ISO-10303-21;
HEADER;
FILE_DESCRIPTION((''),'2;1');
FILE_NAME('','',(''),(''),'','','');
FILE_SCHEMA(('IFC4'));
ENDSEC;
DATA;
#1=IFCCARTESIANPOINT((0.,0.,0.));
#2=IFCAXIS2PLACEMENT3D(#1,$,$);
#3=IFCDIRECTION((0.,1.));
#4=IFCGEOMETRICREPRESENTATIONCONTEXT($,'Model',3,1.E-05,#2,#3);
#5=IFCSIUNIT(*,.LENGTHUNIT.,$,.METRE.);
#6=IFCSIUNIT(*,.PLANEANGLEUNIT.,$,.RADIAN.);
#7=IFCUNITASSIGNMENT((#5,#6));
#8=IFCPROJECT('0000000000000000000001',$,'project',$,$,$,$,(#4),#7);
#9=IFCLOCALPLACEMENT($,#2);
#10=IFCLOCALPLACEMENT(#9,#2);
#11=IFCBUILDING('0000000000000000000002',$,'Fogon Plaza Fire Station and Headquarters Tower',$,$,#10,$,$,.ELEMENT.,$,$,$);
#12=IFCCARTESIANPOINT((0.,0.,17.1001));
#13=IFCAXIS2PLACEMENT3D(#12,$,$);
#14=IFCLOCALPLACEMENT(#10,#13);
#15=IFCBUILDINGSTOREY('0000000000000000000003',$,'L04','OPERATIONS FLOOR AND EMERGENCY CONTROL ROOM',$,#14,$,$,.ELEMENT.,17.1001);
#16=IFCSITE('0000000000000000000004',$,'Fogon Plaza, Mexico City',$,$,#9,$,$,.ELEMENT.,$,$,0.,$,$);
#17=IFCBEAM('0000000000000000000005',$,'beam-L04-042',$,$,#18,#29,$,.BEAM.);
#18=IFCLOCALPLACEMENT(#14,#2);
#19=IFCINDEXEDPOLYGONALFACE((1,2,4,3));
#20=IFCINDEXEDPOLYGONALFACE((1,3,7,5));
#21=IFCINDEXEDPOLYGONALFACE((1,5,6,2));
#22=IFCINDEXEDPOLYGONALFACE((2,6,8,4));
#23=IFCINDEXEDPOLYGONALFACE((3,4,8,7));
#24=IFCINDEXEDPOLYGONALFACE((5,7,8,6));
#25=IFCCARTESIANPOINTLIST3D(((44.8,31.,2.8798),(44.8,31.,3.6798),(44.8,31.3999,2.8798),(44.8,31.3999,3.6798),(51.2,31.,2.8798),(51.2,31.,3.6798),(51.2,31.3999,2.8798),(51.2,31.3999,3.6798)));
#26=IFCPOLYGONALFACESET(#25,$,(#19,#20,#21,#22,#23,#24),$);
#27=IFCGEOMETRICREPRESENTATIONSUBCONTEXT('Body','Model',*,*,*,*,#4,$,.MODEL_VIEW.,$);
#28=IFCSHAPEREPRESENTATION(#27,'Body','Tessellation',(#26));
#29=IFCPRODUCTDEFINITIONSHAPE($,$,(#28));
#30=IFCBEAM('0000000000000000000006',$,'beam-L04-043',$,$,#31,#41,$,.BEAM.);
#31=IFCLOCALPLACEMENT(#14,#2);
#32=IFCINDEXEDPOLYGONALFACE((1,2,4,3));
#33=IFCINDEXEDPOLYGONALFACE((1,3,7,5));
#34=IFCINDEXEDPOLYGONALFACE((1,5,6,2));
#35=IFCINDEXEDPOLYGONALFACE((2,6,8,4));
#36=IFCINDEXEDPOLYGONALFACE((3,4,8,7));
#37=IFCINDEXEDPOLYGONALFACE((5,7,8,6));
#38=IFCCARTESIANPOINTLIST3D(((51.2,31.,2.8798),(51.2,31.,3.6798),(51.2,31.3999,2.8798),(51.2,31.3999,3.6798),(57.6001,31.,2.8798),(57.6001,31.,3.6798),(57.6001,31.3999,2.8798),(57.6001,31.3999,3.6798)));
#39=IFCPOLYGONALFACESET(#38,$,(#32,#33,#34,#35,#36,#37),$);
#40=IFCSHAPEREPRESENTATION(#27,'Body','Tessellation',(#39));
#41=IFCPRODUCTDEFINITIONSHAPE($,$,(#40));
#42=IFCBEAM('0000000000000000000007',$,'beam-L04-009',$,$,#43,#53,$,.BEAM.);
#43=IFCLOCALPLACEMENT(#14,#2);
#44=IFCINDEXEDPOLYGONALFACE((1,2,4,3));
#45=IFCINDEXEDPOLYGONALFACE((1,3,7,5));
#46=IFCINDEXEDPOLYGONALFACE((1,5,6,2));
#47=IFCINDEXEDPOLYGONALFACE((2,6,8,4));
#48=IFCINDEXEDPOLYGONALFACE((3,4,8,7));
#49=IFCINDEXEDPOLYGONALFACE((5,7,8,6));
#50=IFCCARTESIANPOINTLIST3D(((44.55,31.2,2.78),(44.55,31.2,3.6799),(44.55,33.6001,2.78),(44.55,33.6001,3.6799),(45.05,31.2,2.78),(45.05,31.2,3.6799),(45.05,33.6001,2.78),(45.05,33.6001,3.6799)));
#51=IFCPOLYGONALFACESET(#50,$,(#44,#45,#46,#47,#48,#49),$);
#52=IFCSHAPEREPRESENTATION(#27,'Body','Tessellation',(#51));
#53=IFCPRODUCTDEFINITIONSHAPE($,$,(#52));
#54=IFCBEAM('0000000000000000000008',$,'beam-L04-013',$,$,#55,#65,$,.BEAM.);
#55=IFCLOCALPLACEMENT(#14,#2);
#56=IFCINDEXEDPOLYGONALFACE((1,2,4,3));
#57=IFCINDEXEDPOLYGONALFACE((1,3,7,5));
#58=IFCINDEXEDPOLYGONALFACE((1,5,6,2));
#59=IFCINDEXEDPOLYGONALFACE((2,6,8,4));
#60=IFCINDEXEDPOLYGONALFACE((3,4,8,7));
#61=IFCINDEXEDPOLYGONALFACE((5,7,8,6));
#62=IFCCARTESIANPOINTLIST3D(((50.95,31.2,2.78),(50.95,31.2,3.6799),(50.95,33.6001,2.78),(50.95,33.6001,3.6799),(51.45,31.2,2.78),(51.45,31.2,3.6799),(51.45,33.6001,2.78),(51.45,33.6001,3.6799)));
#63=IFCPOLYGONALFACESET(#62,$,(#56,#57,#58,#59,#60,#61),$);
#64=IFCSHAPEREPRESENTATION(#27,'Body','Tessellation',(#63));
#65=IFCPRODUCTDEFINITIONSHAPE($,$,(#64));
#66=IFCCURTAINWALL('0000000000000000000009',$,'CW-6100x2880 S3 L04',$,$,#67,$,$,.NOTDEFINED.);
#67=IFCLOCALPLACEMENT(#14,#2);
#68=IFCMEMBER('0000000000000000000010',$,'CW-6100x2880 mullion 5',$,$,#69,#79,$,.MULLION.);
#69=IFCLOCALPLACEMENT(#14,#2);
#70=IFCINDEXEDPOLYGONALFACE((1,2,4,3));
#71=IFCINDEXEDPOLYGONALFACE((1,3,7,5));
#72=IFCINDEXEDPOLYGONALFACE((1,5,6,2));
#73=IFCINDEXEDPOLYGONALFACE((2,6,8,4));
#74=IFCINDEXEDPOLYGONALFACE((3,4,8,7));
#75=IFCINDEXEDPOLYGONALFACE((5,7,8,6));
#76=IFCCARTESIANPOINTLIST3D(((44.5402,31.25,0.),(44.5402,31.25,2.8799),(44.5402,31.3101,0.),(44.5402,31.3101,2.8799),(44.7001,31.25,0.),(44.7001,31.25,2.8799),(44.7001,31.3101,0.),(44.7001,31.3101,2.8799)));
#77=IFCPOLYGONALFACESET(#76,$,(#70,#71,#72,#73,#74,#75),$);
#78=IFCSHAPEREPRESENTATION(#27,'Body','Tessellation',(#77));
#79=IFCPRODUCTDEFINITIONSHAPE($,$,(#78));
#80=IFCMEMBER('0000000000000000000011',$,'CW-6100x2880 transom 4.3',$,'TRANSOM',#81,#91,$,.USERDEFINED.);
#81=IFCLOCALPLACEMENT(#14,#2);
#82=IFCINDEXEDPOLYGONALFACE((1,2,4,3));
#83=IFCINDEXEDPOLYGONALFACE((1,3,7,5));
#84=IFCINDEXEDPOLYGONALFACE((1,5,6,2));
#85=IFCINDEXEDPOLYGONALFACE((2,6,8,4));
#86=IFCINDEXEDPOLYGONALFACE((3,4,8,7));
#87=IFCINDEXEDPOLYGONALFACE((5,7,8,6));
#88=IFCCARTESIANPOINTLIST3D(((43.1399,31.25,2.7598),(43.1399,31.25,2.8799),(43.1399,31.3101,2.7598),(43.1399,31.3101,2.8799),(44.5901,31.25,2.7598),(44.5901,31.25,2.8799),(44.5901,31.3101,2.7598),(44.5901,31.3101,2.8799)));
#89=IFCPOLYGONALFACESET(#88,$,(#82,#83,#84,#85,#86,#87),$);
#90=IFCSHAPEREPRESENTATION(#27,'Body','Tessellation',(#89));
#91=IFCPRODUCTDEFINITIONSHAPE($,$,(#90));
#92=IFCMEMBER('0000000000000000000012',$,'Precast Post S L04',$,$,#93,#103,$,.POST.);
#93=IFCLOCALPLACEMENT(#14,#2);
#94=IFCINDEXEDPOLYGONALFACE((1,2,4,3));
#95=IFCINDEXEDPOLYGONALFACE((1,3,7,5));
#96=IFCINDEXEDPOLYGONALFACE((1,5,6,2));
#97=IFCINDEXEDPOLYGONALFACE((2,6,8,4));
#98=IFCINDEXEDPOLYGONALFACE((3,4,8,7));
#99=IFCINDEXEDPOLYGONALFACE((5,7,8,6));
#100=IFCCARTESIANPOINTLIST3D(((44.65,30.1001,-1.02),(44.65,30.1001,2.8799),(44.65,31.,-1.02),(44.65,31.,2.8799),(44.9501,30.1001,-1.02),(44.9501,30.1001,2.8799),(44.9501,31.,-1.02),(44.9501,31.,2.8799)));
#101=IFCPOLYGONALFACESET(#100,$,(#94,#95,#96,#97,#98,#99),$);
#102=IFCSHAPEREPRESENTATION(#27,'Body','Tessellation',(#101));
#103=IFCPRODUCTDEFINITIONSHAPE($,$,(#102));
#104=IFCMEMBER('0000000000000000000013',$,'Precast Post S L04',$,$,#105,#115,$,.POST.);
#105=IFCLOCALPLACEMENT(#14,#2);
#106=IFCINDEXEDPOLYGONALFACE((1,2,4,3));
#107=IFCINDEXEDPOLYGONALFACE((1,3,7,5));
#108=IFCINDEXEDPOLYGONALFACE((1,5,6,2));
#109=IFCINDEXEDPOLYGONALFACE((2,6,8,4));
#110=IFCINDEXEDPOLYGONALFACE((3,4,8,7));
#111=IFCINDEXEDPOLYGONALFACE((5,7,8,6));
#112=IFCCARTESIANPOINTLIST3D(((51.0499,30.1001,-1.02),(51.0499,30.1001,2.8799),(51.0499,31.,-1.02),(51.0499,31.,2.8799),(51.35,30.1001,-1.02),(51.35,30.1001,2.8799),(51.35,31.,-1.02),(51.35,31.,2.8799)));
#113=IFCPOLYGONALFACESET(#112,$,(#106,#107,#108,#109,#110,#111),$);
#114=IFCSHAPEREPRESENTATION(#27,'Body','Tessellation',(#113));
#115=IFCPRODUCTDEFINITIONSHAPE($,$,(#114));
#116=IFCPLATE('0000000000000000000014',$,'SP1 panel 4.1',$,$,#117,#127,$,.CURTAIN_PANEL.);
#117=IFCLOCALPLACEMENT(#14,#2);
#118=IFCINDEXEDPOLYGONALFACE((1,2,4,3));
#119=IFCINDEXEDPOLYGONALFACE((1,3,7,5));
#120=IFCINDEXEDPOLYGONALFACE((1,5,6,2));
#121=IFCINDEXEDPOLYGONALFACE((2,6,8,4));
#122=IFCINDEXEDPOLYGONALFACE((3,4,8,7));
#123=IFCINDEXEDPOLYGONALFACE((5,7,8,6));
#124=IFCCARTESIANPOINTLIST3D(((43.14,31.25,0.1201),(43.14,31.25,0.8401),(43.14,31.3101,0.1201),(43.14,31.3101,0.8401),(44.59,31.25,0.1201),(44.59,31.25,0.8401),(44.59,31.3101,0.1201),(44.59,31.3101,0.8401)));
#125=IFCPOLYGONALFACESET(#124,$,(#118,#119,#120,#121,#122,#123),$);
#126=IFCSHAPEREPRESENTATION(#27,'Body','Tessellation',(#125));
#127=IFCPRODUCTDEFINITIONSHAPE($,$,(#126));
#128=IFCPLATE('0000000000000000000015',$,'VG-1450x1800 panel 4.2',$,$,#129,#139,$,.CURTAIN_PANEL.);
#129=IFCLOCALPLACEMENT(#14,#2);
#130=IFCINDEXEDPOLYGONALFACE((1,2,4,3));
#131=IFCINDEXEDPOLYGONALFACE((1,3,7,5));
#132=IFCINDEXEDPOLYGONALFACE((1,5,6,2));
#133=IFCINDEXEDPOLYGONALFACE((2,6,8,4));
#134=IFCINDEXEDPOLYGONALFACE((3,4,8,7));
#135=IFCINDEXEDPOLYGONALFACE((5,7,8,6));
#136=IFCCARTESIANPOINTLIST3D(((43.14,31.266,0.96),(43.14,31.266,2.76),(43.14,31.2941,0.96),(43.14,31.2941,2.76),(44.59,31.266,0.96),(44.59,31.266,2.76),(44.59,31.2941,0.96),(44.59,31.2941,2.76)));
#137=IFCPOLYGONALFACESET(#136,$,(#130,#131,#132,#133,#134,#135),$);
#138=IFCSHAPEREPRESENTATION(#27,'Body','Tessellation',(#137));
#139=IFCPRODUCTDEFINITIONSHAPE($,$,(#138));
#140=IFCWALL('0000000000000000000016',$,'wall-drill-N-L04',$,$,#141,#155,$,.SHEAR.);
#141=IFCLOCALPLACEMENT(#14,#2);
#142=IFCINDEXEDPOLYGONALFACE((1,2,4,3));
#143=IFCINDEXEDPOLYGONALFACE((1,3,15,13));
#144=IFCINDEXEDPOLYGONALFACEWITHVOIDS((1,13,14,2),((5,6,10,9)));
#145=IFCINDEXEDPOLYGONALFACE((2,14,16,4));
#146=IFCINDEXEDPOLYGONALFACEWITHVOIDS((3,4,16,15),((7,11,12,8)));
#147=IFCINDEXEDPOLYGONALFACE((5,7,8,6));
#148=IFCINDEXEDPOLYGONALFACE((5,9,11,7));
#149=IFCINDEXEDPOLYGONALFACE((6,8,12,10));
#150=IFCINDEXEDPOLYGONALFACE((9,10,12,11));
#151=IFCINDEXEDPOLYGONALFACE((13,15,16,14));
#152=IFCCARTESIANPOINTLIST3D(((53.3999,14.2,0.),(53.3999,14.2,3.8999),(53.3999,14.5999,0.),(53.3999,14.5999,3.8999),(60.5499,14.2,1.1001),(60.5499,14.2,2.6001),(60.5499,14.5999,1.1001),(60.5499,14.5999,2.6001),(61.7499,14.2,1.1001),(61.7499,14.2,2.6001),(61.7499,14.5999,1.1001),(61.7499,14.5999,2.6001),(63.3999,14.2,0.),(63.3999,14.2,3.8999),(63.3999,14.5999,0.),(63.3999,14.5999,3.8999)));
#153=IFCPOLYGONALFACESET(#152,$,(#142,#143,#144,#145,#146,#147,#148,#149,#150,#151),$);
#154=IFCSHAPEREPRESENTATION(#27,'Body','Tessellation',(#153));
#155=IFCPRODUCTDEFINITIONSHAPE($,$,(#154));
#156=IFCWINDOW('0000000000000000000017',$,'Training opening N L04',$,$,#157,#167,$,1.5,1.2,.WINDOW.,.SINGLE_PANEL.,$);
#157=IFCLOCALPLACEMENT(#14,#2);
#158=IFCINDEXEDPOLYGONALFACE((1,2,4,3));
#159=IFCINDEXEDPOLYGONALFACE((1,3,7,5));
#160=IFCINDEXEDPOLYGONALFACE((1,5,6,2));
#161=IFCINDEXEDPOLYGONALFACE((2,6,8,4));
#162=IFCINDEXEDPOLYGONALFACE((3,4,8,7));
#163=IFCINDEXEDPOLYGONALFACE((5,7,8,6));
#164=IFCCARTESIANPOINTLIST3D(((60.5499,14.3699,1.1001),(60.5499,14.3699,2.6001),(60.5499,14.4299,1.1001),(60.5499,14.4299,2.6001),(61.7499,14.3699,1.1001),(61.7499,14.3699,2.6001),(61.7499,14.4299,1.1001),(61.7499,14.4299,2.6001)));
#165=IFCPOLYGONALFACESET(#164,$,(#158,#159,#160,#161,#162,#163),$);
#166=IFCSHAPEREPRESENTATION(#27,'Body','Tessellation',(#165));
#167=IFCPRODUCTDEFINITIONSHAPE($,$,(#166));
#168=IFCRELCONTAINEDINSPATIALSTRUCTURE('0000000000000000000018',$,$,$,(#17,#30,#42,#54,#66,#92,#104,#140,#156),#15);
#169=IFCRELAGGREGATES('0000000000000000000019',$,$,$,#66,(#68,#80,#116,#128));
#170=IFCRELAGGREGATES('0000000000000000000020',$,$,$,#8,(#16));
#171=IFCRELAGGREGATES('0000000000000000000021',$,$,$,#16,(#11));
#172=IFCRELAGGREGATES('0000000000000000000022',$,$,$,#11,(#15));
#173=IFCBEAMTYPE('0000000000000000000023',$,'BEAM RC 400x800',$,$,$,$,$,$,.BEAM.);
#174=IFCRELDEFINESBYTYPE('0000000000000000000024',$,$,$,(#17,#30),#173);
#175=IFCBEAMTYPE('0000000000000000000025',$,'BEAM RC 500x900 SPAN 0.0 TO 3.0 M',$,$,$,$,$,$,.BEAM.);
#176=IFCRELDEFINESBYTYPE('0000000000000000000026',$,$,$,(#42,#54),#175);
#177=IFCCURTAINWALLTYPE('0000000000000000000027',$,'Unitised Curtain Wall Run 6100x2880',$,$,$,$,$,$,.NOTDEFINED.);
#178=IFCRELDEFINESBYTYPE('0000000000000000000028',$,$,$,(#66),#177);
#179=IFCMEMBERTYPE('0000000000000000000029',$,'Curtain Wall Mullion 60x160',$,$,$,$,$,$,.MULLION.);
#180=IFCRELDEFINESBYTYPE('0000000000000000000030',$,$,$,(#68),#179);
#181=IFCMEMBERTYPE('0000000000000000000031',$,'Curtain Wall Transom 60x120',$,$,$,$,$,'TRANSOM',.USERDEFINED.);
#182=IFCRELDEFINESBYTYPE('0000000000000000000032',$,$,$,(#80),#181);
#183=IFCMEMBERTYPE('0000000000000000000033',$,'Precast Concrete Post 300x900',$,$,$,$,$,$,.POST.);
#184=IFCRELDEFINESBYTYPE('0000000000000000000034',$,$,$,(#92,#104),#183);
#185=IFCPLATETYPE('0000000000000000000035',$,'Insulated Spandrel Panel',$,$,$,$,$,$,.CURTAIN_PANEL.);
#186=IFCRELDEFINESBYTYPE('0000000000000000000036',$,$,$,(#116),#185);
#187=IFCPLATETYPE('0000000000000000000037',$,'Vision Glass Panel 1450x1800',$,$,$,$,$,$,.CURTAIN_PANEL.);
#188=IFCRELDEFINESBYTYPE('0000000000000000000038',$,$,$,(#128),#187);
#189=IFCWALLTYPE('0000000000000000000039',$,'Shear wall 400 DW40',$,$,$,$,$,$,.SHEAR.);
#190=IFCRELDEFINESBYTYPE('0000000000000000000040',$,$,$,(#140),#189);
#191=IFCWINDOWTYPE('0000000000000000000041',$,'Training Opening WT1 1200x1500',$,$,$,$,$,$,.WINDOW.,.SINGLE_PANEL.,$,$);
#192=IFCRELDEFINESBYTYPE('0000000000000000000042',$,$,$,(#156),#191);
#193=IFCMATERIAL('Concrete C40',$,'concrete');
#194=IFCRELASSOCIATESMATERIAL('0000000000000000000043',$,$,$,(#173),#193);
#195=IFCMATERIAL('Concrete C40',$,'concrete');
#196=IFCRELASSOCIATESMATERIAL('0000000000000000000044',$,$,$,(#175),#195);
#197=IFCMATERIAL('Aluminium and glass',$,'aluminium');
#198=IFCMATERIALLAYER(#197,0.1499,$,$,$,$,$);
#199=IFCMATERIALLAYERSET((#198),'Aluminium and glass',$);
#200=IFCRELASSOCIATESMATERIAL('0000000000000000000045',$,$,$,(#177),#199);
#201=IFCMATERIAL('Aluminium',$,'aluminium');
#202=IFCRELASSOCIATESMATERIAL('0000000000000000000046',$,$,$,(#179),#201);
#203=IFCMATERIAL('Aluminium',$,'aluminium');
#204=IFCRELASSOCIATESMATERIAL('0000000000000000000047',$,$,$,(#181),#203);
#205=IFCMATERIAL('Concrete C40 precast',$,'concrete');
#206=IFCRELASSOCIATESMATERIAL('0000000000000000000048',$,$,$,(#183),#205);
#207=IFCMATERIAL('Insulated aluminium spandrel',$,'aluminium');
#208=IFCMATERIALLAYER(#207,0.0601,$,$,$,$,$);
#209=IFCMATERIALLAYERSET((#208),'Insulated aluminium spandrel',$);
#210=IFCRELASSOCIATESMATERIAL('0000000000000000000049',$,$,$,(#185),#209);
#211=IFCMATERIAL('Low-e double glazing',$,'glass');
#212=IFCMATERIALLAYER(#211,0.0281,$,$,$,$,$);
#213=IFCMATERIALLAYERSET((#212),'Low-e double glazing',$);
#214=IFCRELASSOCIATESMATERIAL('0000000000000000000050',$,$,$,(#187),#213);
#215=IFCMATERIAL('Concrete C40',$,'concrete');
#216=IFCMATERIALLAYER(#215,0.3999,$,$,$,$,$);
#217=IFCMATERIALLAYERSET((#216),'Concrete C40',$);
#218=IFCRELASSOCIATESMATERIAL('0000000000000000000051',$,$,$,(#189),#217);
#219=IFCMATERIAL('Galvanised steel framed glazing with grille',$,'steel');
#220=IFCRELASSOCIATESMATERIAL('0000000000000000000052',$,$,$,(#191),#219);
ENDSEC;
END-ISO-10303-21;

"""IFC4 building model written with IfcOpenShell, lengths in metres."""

from ifc_helpers import new_model, si_unit, direction, frame, frame_2d, origin, origin_2d, place, context, subcontext, project, spatial, rectangle, extrude, material, layer, layer_set, material_profile, profile_set, type_object, element, fill, aggregate, save


model = new_model("IFC4")

# Units and contexts
model_context = context("Model", 3, precision=1e-05, world=origin(), true_north=direction((0.0, 1.0)))
body_context = subcontext(model_context, "Body", "Model", "MODEL_VIEW")
ifc_project = project(units=[si_unit("LENGTHUNIT", "METRE"), si_unit("PLANEANGLEUNIT", "RADIAN")], contexts=[model_context])

# Site, building, storey
site_placement = place(None, origin())
site = spatial("IfcSite", under=ifc_project, at=site_placement, Name="Fogon Plaza, Mexico City", CompositionType="ELEMENT", RefElevation=0.0)
building_placement = place(site_placement, origin())
building = spatial("IfcBuilding", under=site, at=building_placement, Name="Fogon Plaza Fire Station and Headquarters Tower", CompositionType="ELEMENT")
storey_placement = place(building_placement, frame((0.0, 0.0, 17.1001)))
storey = spatial("IfcBuildingStorey", under=building, at=storey_placement, Name="L04", Description="OPERATIONS FLOOR AND EMERGENCY CONTROL ROOM", CompositionType="ELEMENT", Elevation=17.1001)

# Beams
ifc_material_1 = material(Name="Concrete C40", Category="concrete")
ifc_material_profile_1 = material_profile(ifc_material_1, rectangle(XDim=0.3999, YDim=0.8, at=origin_2d()), Name="RC 400x800")
ifc_profile_set_1 = profile_set([ifc_material_profile_1], Name="Concrete C40")
beam_type_1 = type_object("IfcBeamType", Name="BEAM RC 400x800", PredefinedType="BEAM", material=ifc_profile_set_1)
beam_1_placement = place(storey_placement, frame((44.8, 31.2, 3.2798), z_axis=(1.0, 0.0, 0.0), x_axis=(0.0, 1.0, 0.0)))
element("IfcBeam", 1, at=beam_1_placement, inside=storey, type_object=beam_type_1, Name="beam-L04-042", PredefinedType="BEAM", context=body_context, shape_type="SweptSolid", body=[
    extrude(rectangle(XDim=0.3999, YDim=0.8, at=origin_2d()), origin(), (0.0, 0.0, 1.0), 6.3999),
])
beam_2_placement = place(storey_placement, frame((51.2, 31.2, 3.2798), z_axis=(1.0, 0.0, 0.0), x_axis=(0.0, 1.0, 0.0)))
element("IfcBeam", 2, at=beam_2_placement, inside=storey, type_object=beam_type_1, Name="beam-L04-043", PredefinedType="BEAM", context=body_context, shape_type="SweptSolid", body=[
    extrude(rectangle(XDim=0.3999, YDim=0.8, at=origin_2d()), origin(), (0.0, 0.0, 1.0), 6.4001),
])
ifc_material_2 = material(Name="Concrete C40", Category="concrete")
ifc_material_profile_2 = material_profile(ifc_material_2, rectangle(XDim=0.5, YDim=0.8999, at=origin_2d()), Name="RC 500x900")
ifc_profile_set_2 = profile_set([ifc_material_profile_2], Name="Concrete C40")
beam_type_2 = type_object("IfcBeamType", Name="BEAM RC 500x900 SPAN 0.0 TO 3.0 M", PredefinedType="BEAM", material=ifc_profile_set_2)
for number, where, z_axis, x_axis, name in (
    (3, (44.8, 31.2, 3.23), (0.0, 1.0, 0.0), (-1.0, 0.0, 0.0), "beam-L04-009"),
    (4, (51.2, 31.2, 3.23), (0.0, 1.0, 0.0), (-1.0, 0.0, 0.0), "beam-L04-013"),
):
    element("IfcBeam", number, at=place(storey_placement, frame(where, z_axis=z_axis, x_axis=x_axis)), inside=storey, type_object=beam_type_2, Name=name, PredefinedType="BEAM", context=body_context, shape_type="SweptSolid", body=[
        extrude(rectangle(XDim=0.5, YDim=0.8999, at=origin_2d()), origin(), (0.0, 0.0, 1.0), 2.4001),
    ])

# Curtain wall, members
ifc_material_3 = material(Name="Aluminium and glass", Category="aluminium")
ifc_layer_1 = layer(ifc_material_3, 0.1499)
ifc_layer_set_1 = layer_set([ifc_layer_1], Name="Aluminium and glass")
curtain_wall_type = type_object("IfcCurtainWallType", Name="Unitised Curtain Wall Run 6100x2880", PredefinedType="NOTDEFINED", material=ifc_layer_set_1)
curtain_wall_placement = place(storey_placement, origin())
curtain_wall = element("IfcCurtainWall", 5, at=curtain_wall_placement, inside=storey, type_object=curtain_wall_type, Name="CW-6100x2880 S3 L04", PredefinedType="NOTDEFINED")
ifc_material_4 = material(Name="Aluminium", Category="aluminium")
ifc_material_profile_3 = material_profile(ifc_material_4, rectangle(XDim=0.0601, YDim=0.1599, at=origin_2d()), Name="Curtain Wall Mullion 60x160")
ifc_profile_set_3 = profile_set([ifc_material_profile_3], Name="Aluminium")
member_type_1 = type_object("IfcMemberType", Name="Curtain Wall Mullion 60x160", PredefinedType="MULLION", material=ifc_profile_set_3)
member_1_placement = place(storey_placement, frame((44.6201, 31.28, 0.0), z_axis=(0.0, 0.0, 1.0), x_axis=(0.0, 1.0, 0.0)))
member_1 = element("IfcMember", 6, at=member_1_placement, type_object=member_type_1, Name="CW-6100x2880 mullion 5", PredefinedType="MULLION", context=body_context, shape_type="SweptSolid", body=[
    extrude(rectangle(XDim=0.0601, YDim=0.1599, at=origin_2d()), origin(), (0.0, 0.0, 1.0), 2.8799),
])
ifc_material_5 = material(Name="Aluminium", Category="aluminium")
ifc_material_profile_4 = material_profile(ifc_material_5, rectangle(XDim=0.0601, YDim=0.1201, at=origin_2d()), Name="Curtain Wall Transom 60x120")
ifc_profile_set_4 = profile_set([ifc_material_profile_4], Name="Aluminium")
member_type_2 = type_object("IfcMemberType", Name="Curtain Wall Transom 60x120", ElementType="TRANSOM", PredefinedType="USERDEFINED", material=ifc_profile_set_4)
member_2_placement = place(storey_placement, frame((43.1399, 31.28, 2.8198), z_axis=(1.0, 0.0, 0.0), x_axis=(0.0, 1.0, 0.0)))
member_2 = element("IfcMember", 7, at=member_2_placement, type_object=member_type_2, Name="CW-6100x2880 transom 4.3", ObjectType="TRANSOM", PredefinedType="USERDEFINED", context=body_context, shape_type="SweptSolid", body=[
    extrude(rectangle(XDim=0.0601, YDim=0.1201, at=origin_2d()), origin(), (0.0, 0.0, 1.0), 1.4502),
])

# Members
ifc_material_6 = material(Name="Concrete C40 precast", Category="concrete")
ifc_material_profile_5 = material_profile(ifc_material_6, rectangle(XDim=0.3, YDim=0.8999, at=origin_2d()), Name="Precast Concrete Post 300x900")
ifc_profile_set_5 = profile_set([ifc_material_profile_5], Name="Concrete C40 precast")
member_type_3 = type_object("IfcMemberType", Name="Precast Concrete Post 300x900", PredefinedType="POST", material=ifc_profile_set_5)
for number, where, z_axis, x_axis, name in (
    (8, (44.8, 30.55, -1.02), (0.0, 0.0, 1.0), (1.0, 0.0, 0.0), "Precast Post S L04"),
    (9, (51.2, 30.55, -1.02), (0.0, 0.0, 1.0), (1.0, 0.0, 0.0), "Precast Post S L04"),
):
    element("IfcMember", number, at=place(storey_placement, frame(where, z_axis=z_axis, x_axis=x_axis)), inside=storey, type_object=member_type_3, Name=name, PredefinedType="POST", context=body_context, shape_type="SweptSolid", body=[
        extrude(rectangle(XDim=0.3, YDim=0.8999, at=origin_2d()), origin(), (0.0, 0.0, 1.0), 3.8999),
    ])

# Plates
ifc_material_7 = material(Name="Insulated aluminium spandrel", Category="aluminium")
ifc_layer_2 = layer(ifc_material_7, 0.0601)
ifc_layer_set_2 = layer_set([ifc_layer_2], Name="Insulated aluminium spandrel")
plate_type_1 = type_object("IfcPlateType", Name="Insulated Spandrel Panel", PredefinedType="CURTAIN_PANEL", material=ifc_layer_set_2)
plate_1_placement = place(storey_placement, frame((43.865, 31.28, 0.1201), z_axis=(0.0, 0.0, 1.0), x_axis=(1.0, 0.0, 0.0)))
plate_1 = element("IfcPlate", 10, at=plate_1_placement, type_object=plate_type_1, Name="SP1 panel 4.1", PredefinedType="CURTAIN_PANEL", context=body_context, shape_type="SweptSolid", body=[
    extrude(rectangle(XDim=1.45, YDim=0.0601, at=origin_2d()), origin(), (0.0, 0.0, 1.0), 0.72),
])
ifc_material_8 = material(Name="Low-e double glazing", Category="glass")
ifc_layer_3 = layer(ifc_material_8, 0.0281)
ifc_layer_set_3 = layer_set([ifc_layer_3], Name="Low-e double glazing")
plate_type_2 = type_object("IfcPlateType", Name="Vision Glass Panel 1450x1800", PredefinedType="CURTAIN_PANEL", material=ifc_layer_set_3)
plate_2_placement = place(storey_placement, frame((43.865, 31.28, 0.96), z_axis=(0.0, 0.0, 1.0), x_axis=(1.0, 0.0, 0.0)))
plate_2 = element("IfcPlate", 11, at=plate_2_placement, type_object=plate_type_2, Name="VG-1450x1800 panel 4.2", PredefinedType="CURTAIN_PANEL", context=body_context, shape_type="SweptSolid", body=[
    extrude(rectangle(XDim=1.45, YDim=0.0281, at=origin_2d()), origin(), (0.0, 0.0, 1.0), 1.8),
])
aggregate(curtain_wall, [member_1, member_2, plate_1, plate_2])

# Wall, opening, window
ifc_material_9 = material(Name="Concrete C40", Category="concrete")
ifc_layer_4 = layer(ifc_material_9, 0.3999)
ifc_layer_set_4 = layer_set([ifc_layer_4], Name="Concrete C40")
wall_type = type_object("IfcWallType", Name="Shear wall 400 DW40", PredefinedType="SHEAR", material=ifc_layer_set_4)
wall_1_placement = place(storey_placement, frame((53.3999, 14.3999, 0.0), z_axis=(0.0, 0.0, 1.0), x_axis=(1.0, 0.0, 0.0)))
wall_1 = element("IfcWall", 12, at=wall_1_placement, inside=storey, type_object=wall_type, Name="wall-drill-N-L04", PredefinedType="SHEAR", context=body_context, shape_type="SweptSolid", body=[
    extrude(rectangle(XDim=10.0, YDim=0.3999, at=frame_2d((5.0, 0.0))), origin(), (0.0, 0.0, 1.0), 3.8999),
])
opening_1_placement = place(wall_1_placement, frame((7.1499, 0.0, 1.1001)))
opening_1 = element("IfcOpeningElement", 13, at=opening_1_placement, cuts=wall_1, PredefinedType="OPENING", context=body_context, shape_type="SweptSolid", body=[
    extrude(rectangle(XDim=1.2, YDim=1.5, at=frame_2d((0.6001, 0.75))), frame((0.0, 0.21, 0.0), z_axis=(0.0, -1.0, 0.0), x_axis=(1.0, 0.0, 0.0)), (0.0, 0.0, 1.0), 0.4199),
])
ifc_material_10 = material(Name="Galvanised steel framed glazing with grille", Category="steel")
window_type = type_object("IfcWindowType", Name="Training Opening WT1 1200x1500", PartitioningType="SINGLE_PANEL", PredefinedType="WINDOW", material=ifc_material_10)
window_1_placement = place(opening_1_placement, origin())
window_1 = element("IfcWindow", 14, at=window_1_placement, inside=storey, type_object=window_type, Name="Training opening N L04", OverallHeight=1.5, OverallWidth=1.2, PartitioningType="SINGLE_PANEL", PredefinedType="WINDOW", context=body_context, shape_type="SweptSolid", body=[
    extrude(rectangle(XDim=1.2, YDim=1.5, at=frame_2d((0.6001, 0.75))), frame((0.0, 0.03, 0.0), z_axis=(0.0, -1.0, 0.0), x_axis=(1.0, 0.0, 0.0)), (0.0, 0.0, 1.0), 0.0601),
])
fill(opening_1, window_1)

save(model, "model.ifc")
